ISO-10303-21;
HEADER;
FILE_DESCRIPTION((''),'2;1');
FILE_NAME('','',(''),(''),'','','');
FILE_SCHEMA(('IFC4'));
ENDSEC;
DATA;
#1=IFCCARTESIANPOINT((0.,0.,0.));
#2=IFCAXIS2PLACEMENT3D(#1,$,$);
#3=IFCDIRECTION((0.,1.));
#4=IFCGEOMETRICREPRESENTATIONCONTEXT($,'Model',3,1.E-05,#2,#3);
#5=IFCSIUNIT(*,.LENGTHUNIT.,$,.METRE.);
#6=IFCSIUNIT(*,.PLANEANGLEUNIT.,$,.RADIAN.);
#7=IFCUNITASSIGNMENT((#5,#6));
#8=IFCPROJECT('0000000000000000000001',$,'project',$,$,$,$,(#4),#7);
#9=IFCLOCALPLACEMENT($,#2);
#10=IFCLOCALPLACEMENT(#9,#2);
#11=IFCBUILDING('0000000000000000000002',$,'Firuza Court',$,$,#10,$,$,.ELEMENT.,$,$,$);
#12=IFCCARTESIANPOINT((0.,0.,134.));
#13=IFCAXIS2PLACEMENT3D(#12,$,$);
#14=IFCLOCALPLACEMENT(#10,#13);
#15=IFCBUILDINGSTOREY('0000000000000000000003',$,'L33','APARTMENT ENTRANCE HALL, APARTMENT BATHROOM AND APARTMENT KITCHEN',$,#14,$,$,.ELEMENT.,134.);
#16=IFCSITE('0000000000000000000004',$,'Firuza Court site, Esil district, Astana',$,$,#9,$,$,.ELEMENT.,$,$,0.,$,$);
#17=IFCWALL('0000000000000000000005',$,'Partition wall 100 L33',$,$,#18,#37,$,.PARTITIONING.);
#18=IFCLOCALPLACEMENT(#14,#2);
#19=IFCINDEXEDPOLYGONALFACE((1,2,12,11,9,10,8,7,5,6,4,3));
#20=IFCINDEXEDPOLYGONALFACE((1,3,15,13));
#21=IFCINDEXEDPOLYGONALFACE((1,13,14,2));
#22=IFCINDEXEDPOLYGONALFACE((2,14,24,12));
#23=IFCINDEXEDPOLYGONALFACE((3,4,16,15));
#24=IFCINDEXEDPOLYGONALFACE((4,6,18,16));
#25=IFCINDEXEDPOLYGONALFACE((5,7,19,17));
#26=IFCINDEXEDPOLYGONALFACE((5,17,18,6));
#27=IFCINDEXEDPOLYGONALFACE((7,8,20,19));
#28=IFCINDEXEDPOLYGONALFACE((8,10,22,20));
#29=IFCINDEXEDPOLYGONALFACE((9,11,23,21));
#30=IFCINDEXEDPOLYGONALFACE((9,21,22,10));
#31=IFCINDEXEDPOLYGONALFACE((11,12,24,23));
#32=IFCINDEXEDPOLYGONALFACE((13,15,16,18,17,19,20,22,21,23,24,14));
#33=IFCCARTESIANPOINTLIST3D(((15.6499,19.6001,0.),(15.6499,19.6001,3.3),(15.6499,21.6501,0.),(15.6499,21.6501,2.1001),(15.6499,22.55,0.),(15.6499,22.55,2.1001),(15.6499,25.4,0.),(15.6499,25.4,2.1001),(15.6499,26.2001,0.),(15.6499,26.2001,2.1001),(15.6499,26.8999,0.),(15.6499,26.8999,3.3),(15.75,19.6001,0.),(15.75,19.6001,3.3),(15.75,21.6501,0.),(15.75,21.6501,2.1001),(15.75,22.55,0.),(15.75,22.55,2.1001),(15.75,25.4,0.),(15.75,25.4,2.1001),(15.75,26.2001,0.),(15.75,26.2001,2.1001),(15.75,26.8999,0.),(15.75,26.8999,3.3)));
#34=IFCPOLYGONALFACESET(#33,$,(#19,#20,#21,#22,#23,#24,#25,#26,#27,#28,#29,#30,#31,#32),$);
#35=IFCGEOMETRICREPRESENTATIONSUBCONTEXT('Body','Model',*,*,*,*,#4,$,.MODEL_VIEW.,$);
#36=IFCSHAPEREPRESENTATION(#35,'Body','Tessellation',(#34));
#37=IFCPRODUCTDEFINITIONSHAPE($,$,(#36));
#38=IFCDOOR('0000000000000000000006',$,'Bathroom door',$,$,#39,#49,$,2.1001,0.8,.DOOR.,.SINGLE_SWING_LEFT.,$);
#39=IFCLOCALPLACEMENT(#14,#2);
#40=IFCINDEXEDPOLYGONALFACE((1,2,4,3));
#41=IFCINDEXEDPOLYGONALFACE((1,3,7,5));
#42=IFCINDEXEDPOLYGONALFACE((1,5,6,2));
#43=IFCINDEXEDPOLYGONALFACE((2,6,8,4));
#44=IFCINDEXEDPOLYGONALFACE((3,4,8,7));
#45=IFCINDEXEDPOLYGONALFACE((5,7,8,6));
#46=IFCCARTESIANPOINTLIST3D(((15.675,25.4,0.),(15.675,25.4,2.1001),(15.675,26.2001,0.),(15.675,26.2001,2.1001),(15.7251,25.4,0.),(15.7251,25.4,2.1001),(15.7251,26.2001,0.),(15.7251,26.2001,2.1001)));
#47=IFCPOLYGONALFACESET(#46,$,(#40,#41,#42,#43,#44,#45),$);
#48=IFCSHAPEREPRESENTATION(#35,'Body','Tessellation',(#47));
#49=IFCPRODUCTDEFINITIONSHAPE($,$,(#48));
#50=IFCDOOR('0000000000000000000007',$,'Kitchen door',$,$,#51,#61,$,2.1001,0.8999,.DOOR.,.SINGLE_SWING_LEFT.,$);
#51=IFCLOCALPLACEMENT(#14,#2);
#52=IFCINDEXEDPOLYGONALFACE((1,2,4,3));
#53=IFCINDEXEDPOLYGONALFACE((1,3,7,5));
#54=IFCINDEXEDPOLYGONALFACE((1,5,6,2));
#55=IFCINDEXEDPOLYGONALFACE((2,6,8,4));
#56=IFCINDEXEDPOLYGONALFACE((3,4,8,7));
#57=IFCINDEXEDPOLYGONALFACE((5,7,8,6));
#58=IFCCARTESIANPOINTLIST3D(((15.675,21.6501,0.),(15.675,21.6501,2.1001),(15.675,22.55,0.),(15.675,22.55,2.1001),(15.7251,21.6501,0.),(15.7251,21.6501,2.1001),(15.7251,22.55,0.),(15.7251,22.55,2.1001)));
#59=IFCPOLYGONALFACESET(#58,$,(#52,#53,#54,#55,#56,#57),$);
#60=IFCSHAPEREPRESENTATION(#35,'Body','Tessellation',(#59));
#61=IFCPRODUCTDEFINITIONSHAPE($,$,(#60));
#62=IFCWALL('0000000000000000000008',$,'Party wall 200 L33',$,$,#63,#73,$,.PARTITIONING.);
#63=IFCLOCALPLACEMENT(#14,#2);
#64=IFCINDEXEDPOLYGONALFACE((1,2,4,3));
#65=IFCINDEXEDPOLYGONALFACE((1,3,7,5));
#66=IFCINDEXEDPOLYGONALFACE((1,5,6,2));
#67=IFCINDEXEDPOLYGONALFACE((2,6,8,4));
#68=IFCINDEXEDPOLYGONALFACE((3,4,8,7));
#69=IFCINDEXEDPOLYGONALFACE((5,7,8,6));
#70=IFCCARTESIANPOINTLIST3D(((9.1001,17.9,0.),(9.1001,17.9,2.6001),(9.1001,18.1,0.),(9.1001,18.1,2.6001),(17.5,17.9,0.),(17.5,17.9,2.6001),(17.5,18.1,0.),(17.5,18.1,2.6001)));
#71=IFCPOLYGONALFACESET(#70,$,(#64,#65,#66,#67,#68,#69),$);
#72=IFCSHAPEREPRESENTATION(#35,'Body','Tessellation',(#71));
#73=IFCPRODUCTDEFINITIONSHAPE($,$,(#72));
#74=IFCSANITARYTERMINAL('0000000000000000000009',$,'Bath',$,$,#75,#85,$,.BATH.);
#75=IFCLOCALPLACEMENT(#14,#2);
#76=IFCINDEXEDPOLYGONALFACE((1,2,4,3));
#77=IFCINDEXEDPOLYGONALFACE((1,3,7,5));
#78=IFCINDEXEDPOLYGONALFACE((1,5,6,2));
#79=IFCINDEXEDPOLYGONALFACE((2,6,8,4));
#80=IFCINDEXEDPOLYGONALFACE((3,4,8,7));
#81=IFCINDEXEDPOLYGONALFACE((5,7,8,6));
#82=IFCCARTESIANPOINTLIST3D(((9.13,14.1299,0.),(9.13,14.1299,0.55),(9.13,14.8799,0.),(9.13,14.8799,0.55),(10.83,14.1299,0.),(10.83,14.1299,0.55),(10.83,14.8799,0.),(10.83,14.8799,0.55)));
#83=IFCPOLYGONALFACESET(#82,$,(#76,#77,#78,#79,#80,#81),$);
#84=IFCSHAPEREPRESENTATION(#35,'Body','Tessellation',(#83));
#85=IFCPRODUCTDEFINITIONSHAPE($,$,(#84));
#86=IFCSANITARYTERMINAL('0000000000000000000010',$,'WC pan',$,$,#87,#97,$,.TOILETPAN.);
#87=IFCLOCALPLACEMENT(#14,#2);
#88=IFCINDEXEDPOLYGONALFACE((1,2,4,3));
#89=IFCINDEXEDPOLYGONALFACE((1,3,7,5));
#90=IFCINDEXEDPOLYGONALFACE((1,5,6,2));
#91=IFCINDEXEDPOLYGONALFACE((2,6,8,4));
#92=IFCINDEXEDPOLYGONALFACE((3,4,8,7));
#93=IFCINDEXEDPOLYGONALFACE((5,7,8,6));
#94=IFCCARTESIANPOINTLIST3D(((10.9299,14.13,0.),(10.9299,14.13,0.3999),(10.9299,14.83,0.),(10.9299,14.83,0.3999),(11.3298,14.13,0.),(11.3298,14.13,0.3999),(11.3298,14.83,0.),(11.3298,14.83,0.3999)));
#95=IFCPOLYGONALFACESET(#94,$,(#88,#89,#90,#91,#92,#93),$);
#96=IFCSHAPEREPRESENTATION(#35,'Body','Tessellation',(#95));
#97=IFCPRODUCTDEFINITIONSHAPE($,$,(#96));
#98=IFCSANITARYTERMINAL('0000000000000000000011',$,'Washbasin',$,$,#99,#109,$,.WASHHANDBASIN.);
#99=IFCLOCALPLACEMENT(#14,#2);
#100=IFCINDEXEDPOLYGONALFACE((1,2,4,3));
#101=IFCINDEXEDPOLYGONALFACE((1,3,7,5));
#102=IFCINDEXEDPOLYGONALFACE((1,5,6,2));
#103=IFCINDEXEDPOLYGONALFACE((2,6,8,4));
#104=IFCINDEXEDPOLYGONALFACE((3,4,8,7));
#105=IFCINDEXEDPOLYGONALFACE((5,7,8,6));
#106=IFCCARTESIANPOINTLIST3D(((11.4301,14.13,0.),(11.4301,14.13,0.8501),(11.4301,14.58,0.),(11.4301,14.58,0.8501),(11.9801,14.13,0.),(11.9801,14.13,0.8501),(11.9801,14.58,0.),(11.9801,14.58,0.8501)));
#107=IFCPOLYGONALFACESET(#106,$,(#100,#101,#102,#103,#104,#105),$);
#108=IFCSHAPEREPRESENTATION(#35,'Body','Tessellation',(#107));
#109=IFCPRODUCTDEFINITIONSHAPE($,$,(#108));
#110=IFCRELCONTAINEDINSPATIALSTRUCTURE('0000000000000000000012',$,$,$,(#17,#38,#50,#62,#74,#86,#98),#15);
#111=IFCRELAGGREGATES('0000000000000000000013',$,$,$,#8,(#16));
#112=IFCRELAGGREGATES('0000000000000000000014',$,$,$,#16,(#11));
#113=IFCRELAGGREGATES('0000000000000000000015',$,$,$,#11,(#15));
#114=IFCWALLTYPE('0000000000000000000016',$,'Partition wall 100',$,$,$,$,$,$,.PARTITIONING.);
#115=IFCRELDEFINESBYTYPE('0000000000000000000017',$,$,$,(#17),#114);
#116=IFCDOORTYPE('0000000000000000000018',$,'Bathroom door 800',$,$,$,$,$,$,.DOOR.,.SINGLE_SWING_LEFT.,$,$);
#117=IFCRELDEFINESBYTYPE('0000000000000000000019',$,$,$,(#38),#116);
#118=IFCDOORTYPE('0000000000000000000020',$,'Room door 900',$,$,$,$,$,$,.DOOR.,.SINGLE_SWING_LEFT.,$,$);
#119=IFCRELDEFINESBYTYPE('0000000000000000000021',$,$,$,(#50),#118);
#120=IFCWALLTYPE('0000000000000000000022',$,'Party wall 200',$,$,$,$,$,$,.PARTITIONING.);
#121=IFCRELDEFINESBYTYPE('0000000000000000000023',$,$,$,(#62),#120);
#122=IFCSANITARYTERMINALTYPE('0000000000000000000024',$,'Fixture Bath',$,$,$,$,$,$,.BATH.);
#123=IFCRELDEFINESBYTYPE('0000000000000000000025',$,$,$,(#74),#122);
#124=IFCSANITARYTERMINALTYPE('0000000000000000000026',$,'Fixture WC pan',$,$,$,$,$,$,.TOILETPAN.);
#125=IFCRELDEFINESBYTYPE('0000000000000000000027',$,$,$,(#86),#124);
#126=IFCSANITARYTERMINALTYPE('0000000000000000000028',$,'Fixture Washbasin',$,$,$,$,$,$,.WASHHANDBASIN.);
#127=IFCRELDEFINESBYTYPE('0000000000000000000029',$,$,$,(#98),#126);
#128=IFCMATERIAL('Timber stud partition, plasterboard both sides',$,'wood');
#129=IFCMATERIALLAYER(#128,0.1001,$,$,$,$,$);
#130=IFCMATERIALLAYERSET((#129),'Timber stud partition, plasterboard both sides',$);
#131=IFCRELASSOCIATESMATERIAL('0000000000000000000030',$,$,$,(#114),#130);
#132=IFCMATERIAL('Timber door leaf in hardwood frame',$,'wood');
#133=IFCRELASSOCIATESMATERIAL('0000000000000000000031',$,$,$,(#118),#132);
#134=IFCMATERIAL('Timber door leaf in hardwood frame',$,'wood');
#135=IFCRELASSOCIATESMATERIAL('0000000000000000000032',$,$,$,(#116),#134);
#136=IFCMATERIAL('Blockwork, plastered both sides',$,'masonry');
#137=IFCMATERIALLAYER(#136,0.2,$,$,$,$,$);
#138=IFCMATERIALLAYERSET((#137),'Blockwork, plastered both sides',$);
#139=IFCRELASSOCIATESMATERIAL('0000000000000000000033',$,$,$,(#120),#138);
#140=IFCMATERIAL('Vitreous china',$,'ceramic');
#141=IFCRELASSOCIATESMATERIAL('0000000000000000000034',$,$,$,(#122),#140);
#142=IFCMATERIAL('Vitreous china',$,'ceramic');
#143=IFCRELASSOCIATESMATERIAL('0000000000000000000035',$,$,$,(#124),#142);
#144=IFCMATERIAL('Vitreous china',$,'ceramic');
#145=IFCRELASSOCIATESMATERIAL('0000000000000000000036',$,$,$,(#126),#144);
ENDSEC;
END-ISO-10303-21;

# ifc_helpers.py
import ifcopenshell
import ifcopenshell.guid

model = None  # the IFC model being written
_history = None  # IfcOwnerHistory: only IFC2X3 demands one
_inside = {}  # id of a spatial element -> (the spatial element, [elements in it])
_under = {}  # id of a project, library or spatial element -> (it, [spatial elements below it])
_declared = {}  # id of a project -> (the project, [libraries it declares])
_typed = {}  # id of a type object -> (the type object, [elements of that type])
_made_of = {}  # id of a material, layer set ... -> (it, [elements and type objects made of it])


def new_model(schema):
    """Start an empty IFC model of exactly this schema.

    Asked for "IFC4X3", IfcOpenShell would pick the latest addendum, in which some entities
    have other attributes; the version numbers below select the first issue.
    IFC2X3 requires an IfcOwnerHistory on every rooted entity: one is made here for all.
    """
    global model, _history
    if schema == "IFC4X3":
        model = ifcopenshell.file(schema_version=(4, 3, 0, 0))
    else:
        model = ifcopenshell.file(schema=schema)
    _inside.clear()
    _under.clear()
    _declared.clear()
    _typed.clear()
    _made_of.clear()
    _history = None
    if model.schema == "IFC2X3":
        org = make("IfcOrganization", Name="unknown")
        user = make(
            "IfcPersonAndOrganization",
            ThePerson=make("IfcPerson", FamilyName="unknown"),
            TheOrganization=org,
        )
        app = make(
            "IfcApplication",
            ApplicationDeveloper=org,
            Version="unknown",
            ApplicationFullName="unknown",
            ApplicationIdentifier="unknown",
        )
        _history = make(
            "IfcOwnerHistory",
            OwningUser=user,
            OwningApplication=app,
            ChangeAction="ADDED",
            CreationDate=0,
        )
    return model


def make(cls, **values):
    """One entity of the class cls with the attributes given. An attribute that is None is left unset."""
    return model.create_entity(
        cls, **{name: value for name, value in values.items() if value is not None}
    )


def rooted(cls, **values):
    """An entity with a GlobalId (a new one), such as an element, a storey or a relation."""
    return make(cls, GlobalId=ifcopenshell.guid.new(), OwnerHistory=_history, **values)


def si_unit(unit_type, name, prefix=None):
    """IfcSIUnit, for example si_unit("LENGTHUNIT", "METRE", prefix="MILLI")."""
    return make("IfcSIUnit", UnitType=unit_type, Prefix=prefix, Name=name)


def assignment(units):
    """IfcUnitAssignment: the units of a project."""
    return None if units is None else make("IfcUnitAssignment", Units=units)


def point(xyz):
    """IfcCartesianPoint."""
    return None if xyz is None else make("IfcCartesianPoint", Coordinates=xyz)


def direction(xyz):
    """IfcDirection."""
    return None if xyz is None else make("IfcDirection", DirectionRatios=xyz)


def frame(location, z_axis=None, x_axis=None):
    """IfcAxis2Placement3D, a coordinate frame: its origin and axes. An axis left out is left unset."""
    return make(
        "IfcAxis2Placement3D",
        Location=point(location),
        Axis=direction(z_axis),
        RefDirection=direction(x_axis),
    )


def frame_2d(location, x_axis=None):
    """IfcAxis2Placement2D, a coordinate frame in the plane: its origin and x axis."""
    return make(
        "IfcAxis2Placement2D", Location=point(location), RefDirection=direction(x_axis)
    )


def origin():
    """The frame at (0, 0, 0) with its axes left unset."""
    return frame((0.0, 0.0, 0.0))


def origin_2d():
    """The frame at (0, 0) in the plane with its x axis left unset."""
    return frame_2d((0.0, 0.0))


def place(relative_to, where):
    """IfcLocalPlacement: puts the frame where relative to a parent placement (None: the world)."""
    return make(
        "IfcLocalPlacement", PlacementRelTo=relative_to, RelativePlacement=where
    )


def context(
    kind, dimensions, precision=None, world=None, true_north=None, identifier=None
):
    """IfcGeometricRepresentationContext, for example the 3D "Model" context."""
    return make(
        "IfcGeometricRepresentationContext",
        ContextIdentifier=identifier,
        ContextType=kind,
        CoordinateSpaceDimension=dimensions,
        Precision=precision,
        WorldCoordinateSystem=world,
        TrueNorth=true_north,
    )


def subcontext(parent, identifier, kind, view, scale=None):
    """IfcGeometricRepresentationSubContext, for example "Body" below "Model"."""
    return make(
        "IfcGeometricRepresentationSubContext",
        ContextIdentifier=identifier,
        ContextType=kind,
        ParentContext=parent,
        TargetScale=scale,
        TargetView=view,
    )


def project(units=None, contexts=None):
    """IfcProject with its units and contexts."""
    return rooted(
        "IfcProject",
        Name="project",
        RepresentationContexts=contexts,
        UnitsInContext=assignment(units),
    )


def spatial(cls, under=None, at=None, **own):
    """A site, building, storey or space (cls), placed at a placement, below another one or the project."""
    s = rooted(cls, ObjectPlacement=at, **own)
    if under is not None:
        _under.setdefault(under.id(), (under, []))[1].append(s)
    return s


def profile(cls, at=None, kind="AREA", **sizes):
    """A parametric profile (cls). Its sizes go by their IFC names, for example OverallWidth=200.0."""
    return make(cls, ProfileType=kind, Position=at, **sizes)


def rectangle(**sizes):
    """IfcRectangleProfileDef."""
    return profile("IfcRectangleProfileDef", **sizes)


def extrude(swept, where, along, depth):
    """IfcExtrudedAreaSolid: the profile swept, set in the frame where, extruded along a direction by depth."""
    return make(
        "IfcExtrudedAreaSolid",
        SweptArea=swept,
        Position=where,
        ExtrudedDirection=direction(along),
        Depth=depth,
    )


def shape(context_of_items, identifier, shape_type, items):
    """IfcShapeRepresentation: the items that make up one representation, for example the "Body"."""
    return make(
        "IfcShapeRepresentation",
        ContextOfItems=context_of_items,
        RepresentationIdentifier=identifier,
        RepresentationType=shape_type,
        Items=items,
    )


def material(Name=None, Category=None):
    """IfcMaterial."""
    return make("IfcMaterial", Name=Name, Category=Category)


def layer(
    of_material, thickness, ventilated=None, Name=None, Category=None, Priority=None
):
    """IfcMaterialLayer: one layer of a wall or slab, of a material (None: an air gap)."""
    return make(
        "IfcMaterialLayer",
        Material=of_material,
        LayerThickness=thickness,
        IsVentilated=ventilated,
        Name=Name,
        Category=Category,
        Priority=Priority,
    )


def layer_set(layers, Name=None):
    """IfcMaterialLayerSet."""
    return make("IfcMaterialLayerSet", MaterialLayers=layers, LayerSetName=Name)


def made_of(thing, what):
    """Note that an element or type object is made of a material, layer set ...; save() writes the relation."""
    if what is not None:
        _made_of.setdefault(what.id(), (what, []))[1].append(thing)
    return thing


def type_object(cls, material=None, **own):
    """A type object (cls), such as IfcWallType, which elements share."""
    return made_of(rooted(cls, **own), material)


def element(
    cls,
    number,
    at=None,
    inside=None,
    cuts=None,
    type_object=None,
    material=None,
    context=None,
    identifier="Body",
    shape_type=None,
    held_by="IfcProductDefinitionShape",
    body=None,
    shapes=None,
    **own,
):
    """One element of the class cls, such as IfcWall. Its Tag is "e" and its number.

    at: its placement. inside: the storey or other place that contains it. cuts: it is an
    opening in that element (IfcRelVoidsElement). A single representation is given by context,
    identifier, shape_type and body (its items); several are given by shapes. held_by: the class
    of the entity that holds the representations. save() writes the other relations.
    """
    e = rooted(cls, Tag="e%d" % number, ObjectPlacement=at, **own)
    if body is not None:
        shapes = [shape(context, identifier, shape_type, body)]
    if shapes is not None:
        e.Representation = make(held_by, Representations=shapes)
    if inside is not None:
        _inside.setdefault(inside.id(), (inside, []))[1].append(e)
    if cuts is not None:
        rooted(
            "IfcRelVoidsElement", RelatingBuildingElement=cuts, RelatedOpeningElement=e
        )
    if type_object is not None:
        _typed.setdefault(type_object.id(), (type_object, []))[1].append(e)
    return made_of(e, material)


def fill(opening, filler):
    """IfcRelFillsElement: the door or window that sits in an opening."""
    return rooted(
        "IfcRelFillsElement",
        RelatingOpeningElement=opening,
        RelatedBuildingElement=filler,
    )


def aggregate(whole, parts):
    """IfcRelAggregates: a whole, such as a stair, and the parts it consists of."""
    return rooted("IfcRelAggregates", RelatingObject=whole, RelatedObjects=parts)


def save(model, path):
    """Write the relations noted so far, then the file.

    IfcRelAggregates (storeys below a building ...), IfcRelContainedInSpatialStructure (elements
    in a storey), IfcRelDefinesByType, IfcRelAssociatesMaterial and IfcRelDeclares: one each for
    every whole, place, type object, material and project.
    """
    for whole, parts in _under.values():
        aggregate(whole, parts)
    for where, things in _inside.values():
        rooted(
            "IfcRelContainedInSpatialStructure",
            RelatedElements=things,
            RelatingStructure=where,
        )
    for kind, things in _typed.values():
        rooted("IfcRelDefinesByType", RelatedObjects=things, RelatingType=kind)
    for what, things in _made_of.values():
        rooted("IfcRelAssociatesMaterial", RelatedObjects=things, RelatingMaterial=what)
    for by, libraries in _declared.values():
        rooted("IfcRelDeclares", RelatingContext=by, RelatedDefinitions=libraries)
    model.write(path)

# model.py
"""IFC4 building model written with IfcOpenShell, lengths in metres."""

from ifc_helpers import new_model, si_unit, direction, frame, frame_2d, origin, origin_2d, place, context, subcontext, project, spatial, rectangle, extrude, material, layer, layer_set, type_object, element, fill, save


model = new_model("IFC4")

# Units and contexts
model_context = context("Model", 3, precision=1e-05, world=origin(), true_north=direction((0.0, 1.0)))
body_context = subcontext(model_context, "Body", "Model", "MODEL_VIEW")
ifc_project = project(units=[si_unit("LENGTHUNIT", "METRE"), si_unit("PLANEANGLEUNIT", "RADIAN")], contexts=[model_context])

# Site, building, storey
site_placement = place(None, origin())
site = spatial("IfcSite", under=ifc_project, at=site_placement, Name="Firuza Court site, Esil district, Astana", CompositionType="ELEMENT", RefElevation=0.0)
building_placement = place(site_placement, origin())
building = spatial("IfcBuilding", under=site, at=building_placement, Name="Firuza Court", CompositionType="ELEMENT")
storey_placement = place(building_placement, frame((0.0, 0.0, 134.0)))
storey = spatial("IfcBuildingStorey", under=building, at=storey_placement, Name="L33", Description="APARTMENT ENTRANCE HALL, APARTMENT BATHROOM AND APARTMENT KITCHEN", CompositionType="ELEMENT", Elevation=134.0)

# Shared definitions
ifc_material_1 = material(Name="Timber stud partition, plasterboard both sides", Category="wood")
ifc_layer_1 = layer(ifc_material_1, 0.1001)
ifc_layer_set_1 = layer_set([ifc_layer_1], Name="Timber stud partition, plasterboard both sides")
wall_type_1 = type_object("IfcWallType", Name="Partition wall 100", PredefinedType="PARTITIONING", material=ifc_layer_set_1)
ifc_material_2 = material(Name="Timber door leaf in hardwood frame", Category="wood")
door_type_1 = type_object("IfcDoorType", Name="Room door 900", OperationType="SINGLE_SWING_LEFT", PredefinedType="DOOR", material=ifc_material_2)

# Wall, openings, doors
wall_1_placement = place(storey_placement, frame((15.7, 19.6001, 0.0), z_axis=(0.0, 0.0, 1.0), x_axis=(0.0, 1.0, 0.0)))
wall_1 = element("IfcWall", 1, at=wall_1_placement, inside=storey, type_object=wall_type_1, Name="Partition wall 100 L33", PredefinedType="PARTITIONING", context=body_context, shape_type="SweptSolid", body=[
    extrude(rectangle(XDim=7.2998, YDim=0.1001, at=frame_2d((3.6499, 0.0))), origin(), (0.0, 0.0, 1.0), 3.3),
])
opening_1_placement = place(wall_1_placement, frame((5.8, 0.0, 0.0)))
opening_1 = element("IfcOpeningElement", 2, at=opening_1_placement, cuts=wall_1, PredefinedType="OPENING", context=body_context, shape_type="SweptSolid", body=[
    extrude(rectangle(XDim=0.8, YDim=2.1001, at=frame_2d((0.3999, 1.05))), frame((0.0, 0.062, 0.0), z_axis=(0.0, -1.0, 0.0), x_axis=(1.0, 0.0, 0.0)), (0.0, 0.0, 1.0), 0.124),
])
opening_2_placement = place(wall_1_placement, frame((2.05, 0.0, 0.0)))
opening_2 = element("IfcOpeningElement", 3, at=opening_2_placement, cuts=wall_1, PredefinedType="OPENING", context=body_context, shape_type="SweptSolid", body=[
    extrude(rectangle(XDim=0.8999, YDim=2.1001, at=frame_2d((0.45, 1.05))), frame((0.0, 0.062, 0.0), z_axis=(0.0, -1.0, 0.0), x_axis=(1.0, 0.0, 0.0)), (0.0, 0.0, 1.0), 0.124),
])
ifc_material_3 = material(Name="Timber door leaf in hardwood frame", Category="wood")
door_type_2 = type_object("IfcDoorType", Name="Bathroom door 800", OperationType="SINGLE_SWING_LEFT", PredefinedType="DOOR", material=ifc_material_3)
door_1_placement = place(opening_1_placement, origin())
door_1 = element("IfcDoor", 4, at=door_1_placement, inside=storey, type_object=door_type_2, Name="Bathroom door", OperationType="SINGLE_SWING_LEFT", OverallHeight=2.1001, OverallWidth=0.8, PredefinedType="DOOR", context=body_context, shape_type="SweptSolid", body=[
    extrude(rectangle(XDim=0.8, YDim=2.1001, at=frame_2d((0.3999, 1.05))), frame((0.0, 0.0249, 0.0), z_axis=(0.0, -1.0, 0.0), x_axis=(1.0, 0.0, 0.0)), (0.0, 0.0, 1.0), 0.05),
])
fill(opening_1, door_1)
door_2_placement = place(opening_2_placement, origin())
door_2 = element("IfcDoor", 5, at=door_2_placement, inside=storey, type_object=door_type_1, Name="Kitchen door", OperationType="SINGLE_SWING_LEFT", OverallHeight=2.1001, OverallWidth=0.8999, PredefinedType="DOOR", context=body_context, shape_type="SweptSolid", body=[
    extrude(rectangle(XDim=0.8999, YDim=2.1001, at=frame_2d((0.45, 1.05))), frame((0.0, 0.0249, 0.0), z_axis=(0.0, -1.0, 0.0), x_axis=(1.0, 0.0, 0.0)), (0.0, 0.0, 1.0), 0.05),
])
fill(opening_2, door_2)

# Wall
ifc_material_4 = material(Name="Blockwork, plastered both sides", Category="masonry")
ifc_layer_2 = layer(ifc_material_4, 0.2)
ifc_layer_set_2 = layer_set([ifc_layer_2], Name="Blockwork, plastered both sides")
wall_type_2 = type_object("IfcWallType", Name="Party wall 200", PredefinedType="PARTITIONING", material=ifc_layer_set_2)
wall_2_placement = place(storey_placement, frame((9.1001, 18.0, 0.0), z_axis=(0.0, 0.0, 1.0), x_axis=(1.0, 0.0, 0.0)))
element("IfcWall", 6, at=wall_2_placement, inside=storey, type_object=wall_type_2, Name="Party wall 200 L33", PredefinedType="PARTITIONING", context=body_context, shape_type="SweptSolid", body=[
    extrude(rectangle(XDim=8.3999, YDim=0.2, at=frame_2d((4.2, 0.0))), origin(), (0.0, 0.0, 1.0), 2.6001),
])

# Sanitary terminals
ifc_material_5 = material(Name="Vitreous china", Category="ceramic")
sanitary_terminal_type_1 = type_object("IfcSanitaryTerminalType", Name="Fixture Bath", PredefinedType="BATH", material=ifc_material_5)
sanitary_terminal_1_placement = place(storey_placement, frame((9.98, 14.5049, 0.0), z_axis=(0.0, 0.0, 1.0), x_axis=(1.0, 0.0, 0.0)))
element("IfcSanitaryTerminal", 7, at=sanitary_terminal_1_placement, inside=storey, type_object=sanitary_terminal_type_1, Name="Bath", PredefinedType="BATH", context=body_context, shape_type="SweptSolid", body=[
    extrude(rectangle(XDim=1.7, YDim=0.75, at=origin_2d()), origin(), (0.0, 0.0, 1.0), 0.55),
])
ifc_material_6 = material(Name="Vitreous china", Category="ceramic")
sanitary_terminal_type_2 = type_object("IfcSanitaryTerminalType", Name="Fixture WC pan", PredefinedType="TOILETPAN", material=ifc_material_6)
sanitary_terminal_2_placement = place(storey_placement, frame((11.1299, 14.48, 0.0), z_axis=(0.0, 0.0, 1.0), x_axis=(1.0, 0.0, 0.0)))
element("IfcSanitaryTerminal", 8, at=sanitary_terminal_2_placement, inside=storey, type_object=sanitary_terminal_type_2, Name="WC pan", PredefinedType="TOILETPAN", context=body_context, shape_type="SweptSolid", body=[
    extrude(rectangle(XDim=0.3999, YDim=0.7, at=origin_2d()), origin(), (0.0, 0.0, 1.0), 0.3999),
])
ifc_material_7 = material(Name="Vitreous china", Category="ceramic")
sanitary_terminal_type_3 = type_object("IfcSanitaryTerminalType", Name="Fixture Washbasin", PredefinedType="WASHHANDBASIN", material=ifc_material_7)
sanitary_terminal_3_placement = place(storey_placement, frame((11.7051, 14.355, 0.0), z_axis=(0.0, 0.0, 1.0), x_axis=(1.0, 0.0, 0.0)))
element("IfcSanitaryTerminal", 9, at=sanitary_terminal_3_placement, inside=storey, type_object=sanitary_terminal_type_3, Name="Washbasin", PredefinedType="WASHHANDBASIN", context=body_context, shape_type="SweptSolid", body=[
    extrude(rectangle(XDim=0.55, YDim=0.45, at=origin_2d()), origin(), (0.0, 0.0, 1.0), 0.8501),
])

save(model, "model.ifc")
